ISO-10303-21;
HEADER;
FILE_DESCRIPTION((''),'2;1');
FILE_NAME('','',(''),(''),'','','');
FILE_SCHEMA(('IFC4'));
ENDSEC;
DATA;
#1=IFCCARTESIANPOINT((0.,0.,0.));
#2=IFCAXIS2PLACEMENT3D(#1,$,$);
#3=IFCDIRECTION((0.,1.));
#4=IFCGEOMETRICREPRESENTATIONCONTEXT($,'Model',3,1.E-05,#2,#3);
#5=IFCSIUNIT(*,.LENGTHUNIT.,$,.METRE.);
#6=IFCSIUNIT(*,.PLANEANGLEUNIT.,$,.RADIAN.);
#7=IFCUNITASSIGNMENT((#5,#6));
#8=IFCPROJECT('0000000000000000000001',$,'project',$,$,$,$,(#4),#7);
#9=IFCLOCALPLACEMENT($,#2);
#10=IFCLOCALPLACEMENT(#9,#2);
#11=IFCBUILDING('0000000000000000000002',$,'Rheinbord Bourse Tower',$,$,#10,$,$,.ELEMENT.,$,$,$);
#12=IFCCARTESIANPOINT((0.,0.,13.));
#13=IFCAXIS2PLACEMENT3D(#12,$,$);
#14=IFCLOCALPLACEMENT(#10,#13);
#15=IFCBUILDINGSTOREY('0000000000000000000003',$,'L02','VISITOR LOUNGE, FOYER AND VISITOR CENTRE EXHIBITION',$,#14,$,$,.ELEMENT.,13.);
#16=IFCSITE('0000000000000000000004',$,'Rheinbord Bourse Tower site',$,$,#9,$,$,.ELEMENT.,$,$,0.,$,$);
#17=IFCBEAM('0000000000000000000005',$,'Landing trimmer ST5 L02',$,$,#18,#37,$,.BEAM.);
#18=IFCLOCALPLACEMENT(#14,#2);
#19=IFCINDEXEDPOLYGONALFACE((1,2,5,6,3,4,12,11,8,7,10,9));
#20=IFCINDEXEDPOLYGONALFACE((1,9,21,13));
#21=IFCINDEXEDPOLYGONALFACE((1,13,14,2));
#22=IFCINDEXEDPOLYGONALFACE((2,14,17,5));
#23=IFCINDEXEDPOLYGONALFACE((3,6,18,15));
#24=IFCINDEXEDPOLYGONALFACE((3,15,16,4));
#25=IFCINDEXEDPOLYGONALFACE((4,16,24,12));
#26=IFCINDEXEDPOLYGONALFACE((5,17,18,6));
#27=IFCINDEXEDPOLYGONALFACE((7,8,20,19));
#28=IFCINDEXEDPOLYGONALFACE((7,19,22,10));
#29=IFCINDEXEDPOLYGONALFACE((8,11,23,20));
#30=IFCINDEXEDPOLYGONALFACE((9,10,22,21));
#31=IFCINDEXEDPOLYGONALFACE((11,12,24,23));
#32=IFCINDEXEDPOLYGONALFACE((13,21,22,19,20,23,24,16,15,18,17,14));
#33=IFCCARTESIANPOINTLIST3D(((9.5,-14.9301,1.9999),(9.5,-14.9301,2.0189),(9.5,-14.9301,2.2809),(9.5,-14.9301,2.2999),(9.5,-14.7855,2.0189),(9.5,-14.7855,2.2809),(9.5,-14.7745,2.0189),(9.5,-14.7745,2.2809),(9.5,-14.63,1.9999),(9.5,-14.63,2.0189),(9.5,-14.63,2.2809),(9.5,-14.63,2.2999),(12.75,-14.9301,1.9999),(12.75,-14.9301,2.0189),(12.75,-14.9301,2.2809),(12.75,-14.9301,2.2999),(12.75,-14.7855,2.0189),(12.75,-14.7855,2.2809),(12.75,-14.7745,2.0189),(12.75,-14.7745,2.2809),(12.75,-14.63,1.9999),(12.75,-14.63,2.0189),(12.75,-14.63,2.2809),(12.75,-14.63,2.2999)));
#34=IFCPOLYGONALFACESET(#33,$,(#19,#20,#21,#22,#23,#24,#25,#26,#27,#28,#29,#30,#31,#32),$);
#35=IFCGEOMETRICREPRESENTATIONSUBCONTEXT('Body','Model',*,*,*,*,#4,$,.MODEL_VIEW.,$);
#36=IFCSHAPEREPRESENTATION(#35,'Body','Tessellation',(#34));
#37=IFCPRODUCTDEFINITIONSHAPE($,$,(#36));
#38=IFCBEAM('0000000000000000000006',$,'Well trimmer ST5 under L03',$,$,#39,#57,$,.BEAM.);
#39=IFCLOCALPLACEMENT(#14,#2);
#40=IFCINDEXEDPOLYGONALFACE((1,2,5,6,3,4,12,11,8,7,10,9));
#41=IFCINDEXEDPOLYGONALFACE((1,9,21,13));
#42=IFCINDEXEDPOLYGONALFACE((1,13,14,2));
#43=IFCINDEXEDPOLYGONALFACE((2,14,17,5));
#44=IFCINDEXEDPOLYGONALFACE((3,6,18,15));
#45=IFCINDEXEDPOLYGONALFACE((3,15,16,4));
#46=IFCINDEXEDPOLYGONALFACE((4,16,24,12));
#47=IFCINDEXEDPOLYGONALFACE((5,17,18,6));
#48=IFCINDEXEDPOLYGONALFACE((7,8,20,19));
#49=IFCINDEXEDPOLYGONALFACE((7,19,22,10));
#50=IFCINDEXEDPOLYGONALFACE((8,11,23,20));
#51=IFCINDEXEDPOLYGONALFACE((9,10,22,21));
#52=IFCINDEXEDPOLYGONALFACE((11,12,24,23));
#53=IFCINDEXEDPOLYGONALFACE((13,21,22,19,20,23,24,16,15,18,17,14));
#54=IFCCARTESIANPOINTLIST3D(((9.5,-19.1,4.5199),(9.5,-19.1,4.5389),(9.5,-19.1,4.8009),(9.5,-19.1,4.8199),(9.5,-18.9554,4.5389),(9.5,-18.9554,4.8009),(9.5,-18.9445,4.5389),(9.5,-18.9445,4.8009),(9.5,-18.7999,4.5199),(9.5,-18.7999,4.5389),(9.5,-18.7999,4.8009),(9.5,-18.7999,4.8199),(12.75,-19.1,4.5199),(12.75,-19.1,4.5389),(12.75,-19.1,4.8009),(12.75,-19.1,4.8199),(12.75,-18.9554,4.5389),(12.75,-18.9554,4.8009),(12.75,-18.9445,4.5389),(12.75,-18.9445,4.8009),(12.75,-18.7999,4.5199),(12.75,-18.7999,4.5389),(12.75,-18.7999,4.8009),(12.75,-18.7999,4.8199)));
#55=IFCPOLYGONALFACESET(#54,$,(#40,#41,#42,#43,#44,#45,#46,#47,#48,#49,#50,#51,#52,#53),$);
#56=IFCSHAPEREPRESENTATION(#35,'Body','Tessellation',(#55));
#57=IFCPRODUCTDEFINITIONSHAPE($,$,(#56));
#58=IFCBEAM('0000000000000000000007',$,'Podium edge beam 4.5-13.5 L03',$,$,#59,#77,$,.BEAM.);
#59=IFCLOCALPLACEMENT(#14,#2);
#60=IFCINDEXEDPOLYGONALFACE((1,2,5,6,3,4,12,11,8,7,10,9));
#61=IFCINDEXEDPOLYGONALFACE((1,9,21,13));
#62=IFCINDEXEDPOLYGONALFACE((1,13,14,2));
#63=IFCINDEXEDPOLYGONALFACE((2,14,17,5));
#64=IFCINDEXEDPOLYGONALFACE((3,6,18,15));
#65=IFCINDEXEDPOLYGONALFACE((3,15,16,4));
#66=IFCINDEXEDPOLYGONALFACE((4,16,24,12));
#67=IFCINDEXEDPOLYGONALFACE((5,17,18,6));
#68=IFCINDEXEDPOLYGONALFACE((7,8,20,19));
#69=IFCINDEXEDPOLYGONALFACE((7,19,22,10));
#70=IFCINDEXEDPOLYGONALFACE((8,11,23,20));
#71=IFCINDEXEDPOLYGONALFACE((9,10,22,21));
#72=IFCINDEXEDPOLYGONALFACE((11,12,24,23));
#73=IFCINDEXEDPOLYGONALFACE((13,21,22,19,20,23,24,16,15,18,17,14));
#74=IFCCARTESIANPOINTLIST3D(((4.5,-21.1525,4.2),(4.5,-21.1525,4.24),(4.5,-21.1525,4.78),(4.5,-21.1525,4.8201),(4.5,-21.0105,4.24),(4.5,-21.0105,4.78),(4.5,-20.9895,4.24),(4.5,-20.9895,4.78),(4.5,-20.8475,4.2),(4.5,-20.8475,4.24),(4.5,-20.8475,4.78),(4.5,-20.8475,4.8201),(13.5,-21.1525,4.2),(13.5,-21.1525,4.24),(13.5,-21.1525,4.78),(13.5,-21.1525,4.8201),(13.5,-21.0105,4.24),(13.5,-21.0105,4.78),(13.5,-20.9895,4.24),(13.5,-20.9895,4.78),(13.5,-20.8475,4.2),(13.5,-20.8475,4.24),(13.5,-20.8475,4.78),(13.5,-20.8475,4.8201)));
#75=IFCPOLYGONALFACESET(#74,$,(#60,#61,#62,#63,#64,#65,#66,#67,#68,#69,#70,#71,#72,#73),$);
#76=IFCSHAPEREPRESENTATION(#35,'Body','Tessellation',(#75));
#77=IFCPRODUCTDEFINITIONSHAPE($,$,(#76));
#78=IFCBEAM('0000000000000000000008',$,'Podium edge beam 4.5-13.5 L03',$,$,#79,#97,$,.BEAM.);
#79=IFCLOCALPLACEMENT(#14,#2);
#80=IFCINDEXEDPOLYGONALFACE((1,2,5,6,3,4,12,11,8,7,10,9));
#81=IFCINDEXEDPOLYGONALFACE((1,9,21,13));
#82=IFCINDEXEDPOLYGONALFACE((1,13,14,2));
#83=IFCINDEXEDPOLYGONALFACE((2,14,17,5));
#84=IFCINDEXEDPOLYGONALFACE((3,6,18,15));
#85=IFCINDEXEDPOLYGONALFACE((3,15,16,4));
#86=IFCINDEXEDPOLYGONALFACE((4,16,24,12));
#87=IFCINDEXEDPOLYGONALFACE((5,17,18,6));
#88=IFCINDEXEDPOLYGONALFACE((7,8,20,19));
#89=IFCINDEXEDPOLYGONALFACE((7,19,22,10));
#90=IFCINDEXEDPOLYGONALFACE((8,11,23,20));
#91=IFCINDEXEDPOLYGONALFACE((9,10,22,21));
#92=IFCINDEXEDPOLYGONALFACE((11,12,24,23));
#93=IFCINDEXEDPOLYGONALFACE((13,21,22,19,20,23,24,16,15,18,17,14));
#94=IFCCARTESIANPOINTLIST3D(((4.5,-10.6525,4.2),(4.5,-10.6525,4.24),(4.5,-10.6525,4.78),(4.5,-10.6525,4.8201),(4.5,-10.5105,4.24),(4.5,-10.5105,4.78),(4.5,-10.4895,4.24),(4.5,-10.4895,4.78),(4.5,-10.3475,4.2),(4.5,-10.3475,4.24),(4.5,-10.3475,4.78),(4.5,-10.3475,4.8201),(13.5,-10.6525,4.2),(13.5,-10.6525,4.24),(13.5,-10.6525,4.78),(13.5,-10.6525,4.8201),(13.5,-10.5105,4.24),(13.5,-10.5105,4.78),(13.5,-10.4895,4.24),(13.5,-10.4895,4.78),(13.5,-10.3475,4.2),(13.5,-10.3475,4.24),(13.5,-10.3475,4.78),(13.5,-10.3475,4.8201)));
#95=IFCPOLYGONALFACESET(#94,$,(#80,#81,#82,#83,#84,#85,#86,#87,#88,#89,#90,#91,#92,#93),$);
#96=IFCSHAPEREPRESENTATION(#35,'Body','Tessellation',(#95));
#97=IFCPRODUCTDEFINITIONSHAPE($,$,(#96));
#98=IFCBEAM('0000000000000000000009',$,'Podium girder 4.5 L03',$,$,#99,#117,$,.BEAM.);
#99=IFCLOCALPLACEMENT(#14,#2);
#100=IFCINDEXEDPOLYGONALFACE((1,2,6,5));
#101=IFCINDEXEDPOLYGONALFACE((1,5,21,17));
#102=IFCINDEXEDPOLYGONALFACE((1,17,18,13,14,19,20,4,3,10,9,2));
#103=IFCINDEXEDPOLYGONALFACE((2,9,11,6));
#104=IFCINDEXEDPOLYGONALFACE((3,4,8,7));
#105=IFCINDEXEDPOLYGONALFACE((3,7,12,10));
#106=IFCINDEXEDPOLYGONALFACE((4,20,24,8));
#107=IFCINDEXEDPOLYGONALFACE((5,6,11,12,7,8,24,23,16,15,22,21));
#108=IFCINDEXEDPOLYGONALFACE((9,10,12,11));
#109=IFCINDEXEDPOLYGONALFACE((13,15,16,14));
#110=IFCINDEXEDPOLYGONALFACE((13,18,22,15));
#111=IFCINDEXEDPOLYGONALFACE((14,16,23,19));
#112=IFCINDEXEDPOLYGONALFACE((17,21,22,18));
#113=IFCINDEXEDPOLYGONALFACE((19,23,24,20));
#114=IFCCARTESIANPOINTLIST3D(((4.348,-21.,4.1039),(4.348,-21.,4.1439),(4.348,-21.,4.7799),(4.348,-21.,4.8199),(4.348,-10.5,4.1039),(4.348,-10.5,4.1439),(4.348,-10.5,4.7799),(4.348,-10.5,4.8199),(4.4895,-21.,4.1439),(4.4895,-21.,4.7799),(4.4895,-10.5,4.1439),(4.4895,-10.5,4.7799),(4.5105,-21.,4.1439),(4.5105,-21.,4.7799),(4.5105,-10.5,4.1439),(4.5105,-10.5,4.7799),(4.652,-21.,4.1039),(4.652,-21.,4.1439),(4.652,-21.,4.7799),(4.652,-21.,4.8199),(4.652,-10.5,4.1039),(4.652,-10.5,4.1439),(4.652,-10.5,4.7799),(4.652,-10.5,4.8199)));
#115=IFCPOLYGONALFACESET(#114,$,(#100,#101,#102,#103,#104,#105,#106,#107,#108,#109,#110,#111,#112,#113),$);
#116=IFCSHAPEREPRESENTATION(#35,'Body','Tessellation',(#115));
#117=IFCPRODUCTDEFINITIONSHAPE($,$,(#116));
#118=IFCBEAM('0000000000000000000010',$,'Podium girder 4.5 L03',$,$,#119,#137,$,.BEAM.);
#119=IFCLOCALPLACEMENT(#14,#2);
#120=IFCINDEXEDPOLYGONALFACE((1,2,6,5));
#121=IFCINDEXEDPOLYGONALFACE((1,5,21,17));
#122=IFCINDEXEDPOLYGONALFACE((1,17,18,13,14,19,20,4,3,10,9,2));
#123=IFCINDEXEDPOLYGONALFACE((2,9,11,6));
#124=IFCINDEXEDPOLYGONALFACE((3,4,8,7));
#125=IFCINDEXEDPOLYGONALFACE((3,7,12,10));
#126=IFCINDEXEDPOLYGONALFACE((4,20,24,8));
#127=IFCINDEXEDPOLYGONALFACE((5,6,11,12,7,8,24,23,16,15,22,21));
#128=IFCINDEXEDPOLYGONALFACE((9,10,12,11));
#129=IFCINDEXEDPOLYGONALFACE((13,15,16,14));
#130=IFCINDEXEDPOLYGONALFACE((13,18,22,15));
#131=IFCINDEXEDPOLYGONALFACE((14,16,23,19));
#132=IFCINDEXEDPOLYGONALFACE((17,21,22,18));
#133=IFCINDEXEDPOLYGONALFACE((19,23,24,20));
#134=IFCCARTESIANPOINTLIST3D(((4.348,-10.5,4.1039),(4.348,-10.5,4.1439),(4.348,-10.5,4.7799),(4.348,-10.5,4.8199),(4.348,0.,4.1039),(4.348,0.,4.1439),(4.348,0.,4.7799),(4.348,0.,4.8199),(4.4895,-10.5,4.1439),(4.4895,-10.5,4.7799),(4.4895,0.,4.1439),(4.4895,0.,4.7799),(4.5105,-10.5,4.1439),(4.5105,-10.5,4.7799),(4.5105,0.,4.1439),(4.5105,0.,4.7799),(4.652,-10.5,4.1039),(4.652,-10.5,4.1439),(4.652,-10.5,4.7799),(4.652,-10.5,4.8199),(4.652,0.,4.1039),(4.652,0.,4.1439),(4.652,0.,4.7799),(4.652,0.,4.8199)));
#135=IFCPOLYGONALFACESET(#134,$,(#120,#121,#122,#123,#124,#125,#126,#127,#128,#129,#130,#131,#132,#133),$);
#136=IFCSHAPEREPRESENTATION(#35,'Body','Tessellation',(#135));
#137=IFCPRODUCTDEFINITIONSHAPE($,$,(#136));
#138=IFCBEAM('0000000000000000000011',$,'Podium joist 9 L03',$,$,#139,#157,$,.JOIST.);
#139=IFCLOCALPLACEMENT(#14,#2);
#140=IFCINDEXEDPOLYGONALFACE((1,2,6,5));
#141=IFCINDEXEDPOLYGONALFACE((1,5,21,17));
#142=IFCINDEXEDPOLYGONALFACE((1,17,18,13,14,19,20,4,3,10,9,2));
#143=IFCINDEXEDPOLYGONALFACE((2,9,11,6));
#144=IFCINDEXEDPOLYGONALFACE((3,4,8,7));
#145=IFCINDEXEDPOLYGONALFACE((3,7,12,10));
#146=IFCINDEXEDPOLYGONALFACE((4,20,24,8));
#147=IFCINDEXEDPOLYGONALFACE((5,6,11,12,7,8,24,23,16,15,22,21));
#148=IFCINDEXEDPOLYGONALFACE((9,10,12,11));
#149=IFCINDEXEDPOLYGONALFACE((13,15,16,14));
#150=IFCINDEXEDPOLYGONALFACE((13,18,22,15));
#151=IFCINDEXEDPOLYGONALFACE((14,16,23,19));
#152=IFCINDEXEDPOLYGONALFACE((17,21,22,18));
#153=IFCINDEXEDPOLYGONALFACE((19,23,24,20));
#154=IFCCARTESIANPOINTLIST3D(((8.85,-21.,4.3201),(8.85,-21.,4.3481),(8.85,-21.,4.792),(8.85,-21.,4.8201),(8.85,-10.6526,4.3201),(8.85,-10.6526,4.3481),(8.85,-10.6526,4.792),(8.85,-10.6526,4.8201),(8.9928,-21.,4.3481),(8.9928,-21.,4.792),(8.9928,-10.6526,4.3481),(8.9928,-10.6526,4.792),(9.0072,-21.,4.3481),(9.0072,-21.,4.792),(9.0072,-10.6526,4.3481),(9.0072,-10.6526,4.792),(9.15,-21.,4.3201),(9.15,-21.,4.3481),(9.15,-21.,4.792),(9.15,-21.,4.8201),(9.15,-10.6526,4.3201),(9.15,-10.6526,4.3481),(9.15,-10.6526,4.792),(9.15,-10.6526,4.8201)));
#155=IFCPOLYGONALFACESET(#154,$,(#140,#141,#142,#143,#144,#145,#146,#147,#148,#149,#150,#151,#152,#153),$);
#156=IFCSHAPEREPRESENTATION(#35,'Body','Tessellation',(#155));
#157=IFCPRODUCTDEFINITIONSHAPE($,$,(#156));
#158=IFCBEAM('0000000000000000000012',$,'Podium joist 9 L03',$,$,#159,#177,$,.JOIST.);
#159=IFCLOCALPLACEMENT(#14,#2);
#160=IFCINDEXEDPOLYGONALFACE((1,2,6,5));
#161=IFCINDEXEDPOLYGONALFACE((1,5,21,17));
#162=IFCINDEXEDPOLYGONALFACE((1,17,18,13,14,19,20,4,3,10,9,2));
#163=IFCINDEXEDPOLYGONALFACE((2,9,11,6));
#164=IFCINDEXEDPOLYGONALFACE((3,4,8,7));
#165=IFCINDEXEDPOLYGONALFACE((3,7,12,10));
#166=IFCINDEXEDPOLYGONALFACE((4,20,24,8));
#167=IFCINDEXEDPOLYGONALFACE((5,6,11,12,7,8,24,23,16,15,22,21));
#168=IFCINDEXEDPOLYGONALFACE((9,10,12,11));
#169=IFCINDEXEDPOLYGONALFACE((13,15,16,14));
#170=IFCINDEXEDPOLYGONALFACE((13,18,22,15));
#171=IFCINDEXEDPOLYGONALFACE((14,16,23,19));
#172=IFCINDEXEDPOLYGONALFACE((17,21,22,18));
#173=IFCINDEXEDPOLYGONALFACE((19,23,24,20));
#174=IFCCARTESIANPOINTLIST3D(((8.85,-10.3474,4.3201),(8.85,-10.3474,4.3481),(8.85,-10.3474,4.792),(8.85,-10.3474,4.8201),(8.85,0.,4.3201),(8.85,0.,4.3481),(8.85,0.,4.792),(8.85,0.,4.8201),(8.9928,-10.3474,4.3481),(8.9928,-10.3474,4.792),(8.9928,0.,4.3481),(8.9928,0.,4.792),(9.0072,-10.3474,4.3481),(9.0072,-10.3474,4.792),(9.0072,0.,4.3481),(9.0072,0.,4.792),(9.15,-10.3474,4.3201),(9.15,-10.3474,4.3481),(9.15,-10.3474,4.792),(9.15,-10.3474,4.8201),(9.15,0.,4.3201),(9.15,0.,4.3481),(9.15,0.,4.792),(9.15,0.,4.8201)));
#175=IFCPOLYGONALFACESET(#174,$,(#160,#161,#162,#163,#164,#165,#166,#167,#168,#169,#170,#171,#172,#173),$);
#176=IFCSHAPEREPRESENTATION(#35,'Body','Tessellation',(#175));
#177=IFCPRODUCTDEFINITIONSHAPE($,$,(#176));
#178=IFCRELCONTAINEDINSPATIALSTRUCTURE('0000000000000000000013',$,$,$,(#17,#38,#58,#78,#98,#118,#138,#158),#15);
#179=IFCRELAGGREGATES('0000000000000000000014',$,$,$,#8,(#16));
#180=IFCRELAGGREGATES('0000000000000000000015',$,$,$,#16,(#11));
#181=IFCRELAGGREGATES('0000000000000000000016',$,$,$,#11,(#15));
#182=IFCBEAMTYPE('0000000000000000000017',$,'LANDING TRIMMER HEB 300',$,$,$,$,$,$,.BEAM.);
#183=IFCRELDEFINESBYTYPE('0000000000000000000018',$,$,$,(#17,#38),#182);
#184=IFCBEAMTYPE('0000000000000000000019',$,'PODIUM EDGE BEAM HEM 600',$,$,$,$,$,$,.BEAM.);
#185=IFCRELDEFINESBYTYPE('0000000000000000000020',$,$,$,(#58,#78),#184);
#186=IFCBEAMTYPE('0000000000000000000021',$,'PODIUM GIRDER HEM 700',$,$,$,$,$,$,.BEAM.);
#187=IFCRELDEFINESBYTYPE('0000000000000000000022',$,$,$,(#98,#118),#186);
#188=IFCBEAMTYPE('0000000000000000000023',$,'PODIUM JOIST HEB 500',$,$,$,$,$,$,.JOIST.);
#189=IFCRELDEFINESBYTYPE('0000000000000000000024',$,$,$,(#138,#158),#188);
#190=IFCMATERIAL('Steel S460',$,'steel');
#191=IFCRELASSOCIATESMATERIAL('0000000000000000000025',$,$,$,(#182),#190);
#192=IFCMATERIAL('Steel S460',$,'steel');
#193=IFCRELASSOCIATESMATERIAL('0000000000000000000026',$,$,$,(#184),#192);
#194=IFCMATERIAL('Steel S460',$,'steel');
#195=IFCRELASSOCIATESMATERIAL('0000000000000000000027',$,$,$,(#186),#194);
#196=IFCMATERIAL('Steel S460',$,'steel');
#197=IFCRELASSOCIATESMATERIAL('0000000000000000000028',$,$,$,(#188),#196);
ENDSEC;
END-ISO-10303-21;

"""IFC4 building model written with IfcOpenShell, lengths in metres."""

from ifc_helpers import new_model, si_unit, direction, frame, origin, origin_2d, place, context, subcontext, project, spatial, i_section, extrude, material, material_profile, profile_set, type_object, element, save


model = new_model("IFC4")

# Units and contexts
model_context = context("Model", 3, precision=1e-05, world=origin(), true_north=direction((0.0, 1.0)))
body_context = subcontext(model_context, "Body", "Model", "MODEL_VIEW")
ifc_project = project(units=[si_unit("LENGTHUNIT", "METRE"), si_unit("PLANEANGLEUNIT", "RADIAN")], contexts=[model_context])

# Site, building, storey
site_placement = place(None, origin())
site = spatial("IfcSite", under=ifc_project, at=site_placement, Name="Rheinbord Bourse Tower site", CompositionType="ELEMENT", RefElevation=0.0)
building_placement = place(site_placement, origin())
building = spatial("IfcBuilding", under=site, at=building_placement, Name="Rheinbord Bourse Tower", CompositionType="ELEMENT")
storey_placement = place(building_placement, frame((0.0, 0.0, 13.0)))
storey = spatial("IfcBuildingStorey", under=building, at=storey_placement, Name="L02", Description="VISITOR LOUNGE, FOYER AND VISITOR CENTRE EXHIBITION", CompositionType="ELEMENT", Elevation=13.0)

# Beams
ifc_material_1 = material(Name="Steel S460", Category="steel")
ifc_material_profile_1 = material_profile(ifc_material_1, i_section(OverallWidth=0.3, OverallDepth=0.3, WebThickness=0.011, FlangeThickness=0.019, at=origin_2d()), Name="HEB 300")
ifc_profile_set_1 = profile_set([ifc_material_profile_1], Name="Steel S460")
beam_type_1 = type_object("IfcBeamType", Name="LANDING TRIMMER HEB 300", PredefinedType="BEAM", material=ifc_profile_set_1)
for number, where, z_axis, x_axis, name in (
    (1, (9.5, -14.78, 2.1499), (1.0, 0.0, 0.0), (0.0, 1.0, 0.0), "Landing trimmer ST5 L02"),
    (2, (9.5, -18.95, 4.6699), (1.0, 0.0, 0.0), (0.0, 1.0, 0.0), "Well trimmer ST5 under L03"),
):
    element("IfcBeam", number, at=place(storey_placement, frame(where, z_axis=z_axis, x_axis=x_axis)), inside=storey, type_object=beam_type_1, Name=name, PredefinedType="BEAM", context=body_context, shape_type="SweptSolid", body=[
        extrude(i_section(OverallWidth=0.3, OverallDepth=0.3, WebThickness=0.011, FlangeThickness=0.019, at=origin_2d()), origin(), (0.0, 0.0, 1.0), 3.25),
    ])
ifc_material_2 = material(Name="Steel S460", Category="steel")
ifc_material_profile_2 = material_profile(ifc_material_2, i_section(OverallWidth=0.3049, OverallDepth=0.6201, WebThickness=0.021, FlangeThickness=0.04, at=origin_2d()), Name="HEM 600")
ifc_profile_set_2 = profile_set([ifc_material_profile_2], Name="Steel S460")
beam_type_2 = type_object("IfcBeamType", Name="PODIUM EDGE BEAM HEM 600", PredefinedType="BEAM", material=ifc_profile_set_2)
for number, where, z_axis, x_axis, name in (
    (3, (4.5, -21.0, 4.51), (1.0, 0.0, 0.0), (0.0, 1.0, 0.0), "Podium edge beam 4.5-13.5 L03"),
    (4, (4.5, -10.5, 4.51), (1.0, 0.0, 0.0), (0.0, 1.0, 0.0), "Podium edge beam 4.5-13.5 L03"),
):
    element("IfcBeam", number, at=place(storey_placement, frame(where, z_axis=z_axis, x_axis=x_axis)), inside=storey, type_object=beam_type_2, Name=name, PredefinedType="BEAM", context=body_context, shape_type="SweptSolid", body=[
        extrude(i_section(OverallWidth=0.3049, OverallDepth=0.6201, WebThickness=0.021, FlangeThickness=0.04, at=origin_2d()), origin(), (0.0, 0.0, 1.0), 9.0),
    ])
ifc_material_3 = material(Name="Steel S460", Category="steel")
ifc_material_profile_3 = material_profile(ifc_material_3, i_section(OverallWidth=0.304, OverallDepth=0.7161, WebThickness=0.021, FlangeThickness=0.04, at=origin_2d()), Name="HEM 700")
ifc_profile_set_3 = profile_set([ifc_material_profile_3], Name="Steel S460")
beam_type_3 = type_object("IfcBeamType", Name="PODIUM GIRDER HEM 700", PredefinedType="BEAM", material=ifc_profile_set_3)
for number, where, z_axis, x_axis, name in (
    (5, (4.5, -21.0, 4.4619), (0.0, 1.0, 0.0), (-1.0, 0.0, 0.0), "Podium girder 4.5 L03"),
    (6, (4.5, -10.5, 4.4619), (0.0, 1.0, 0.0), (-1.0, 0.0, 0.0), "Podium girder 4.5 L03"),
):
    element("IfcBeam", number, at=place(storey_placement, frame(where, z_axis=z_axis, x_axis=x_axis)), inside=storey, type_object=beam_type_3, Name=name, PredefinedType="BEAM", context=body_context, shape_type="SweptSolid", body=[
        extrude(i_section(OverallWidth=0.304, OverallDepth=0.7161, WebThickness=0.021, FlangeThickness=0.04, at=origin_2d()), origin(), (0.0, 0.0, 1.0), 10.5),
    ])
ifc_material_4 = material(Name="Steel S460", Category="steel")
ifc_material_profile_4 = material_profile(ifc_material_4, i_section(OverallWidth=0.3, OverallDepth=0.5, WebThickness=0.0144, FlangeThickness=0.0281, at=origin_2d()), Name="HEB 500")
ifc_profile_set_4 = profile_set([ifc_material_profile_4], Name="Steel S460")
beam_type_4 = type_object("IfcBeamType", Name="PODIUM JOIST HEB 500", PredefinedType="JOIST", material=ifc_profile_set_4)
for number, where, z_axis, x_axis, name in (
    (7, (9.0, -21.0, 4.5701), (0.0, 1.0, 0.0), (-1.0, 0.0, 0.0), "Podium joist 9 L03"),
    (8, (9.0, -10.3474, 4.5701), (0.0, 1.0, 0.0), (-1.0, 0.0, 0.0), "Podium joist 9 L03"),
):
    element("IfcBeam", number, at=place(storey_placement, frame(where, z_axis=z_axis, x_axis=x_axis)), inside=storey, type_object=beam_type_4, Name=name, PredefinedType="JOIST", context=body_context, shape_type="SweptSolid", body=[
        extrude(i_section(OverallWidth=0.3, OverallDepth=0.5, WebThickness=0.0144, FlangeThickness=0.0281, at=origin_2d()), origin(), (0.0, 0.0, 1.0), 10.3474),
    ])

save(model, "model.ifc")
